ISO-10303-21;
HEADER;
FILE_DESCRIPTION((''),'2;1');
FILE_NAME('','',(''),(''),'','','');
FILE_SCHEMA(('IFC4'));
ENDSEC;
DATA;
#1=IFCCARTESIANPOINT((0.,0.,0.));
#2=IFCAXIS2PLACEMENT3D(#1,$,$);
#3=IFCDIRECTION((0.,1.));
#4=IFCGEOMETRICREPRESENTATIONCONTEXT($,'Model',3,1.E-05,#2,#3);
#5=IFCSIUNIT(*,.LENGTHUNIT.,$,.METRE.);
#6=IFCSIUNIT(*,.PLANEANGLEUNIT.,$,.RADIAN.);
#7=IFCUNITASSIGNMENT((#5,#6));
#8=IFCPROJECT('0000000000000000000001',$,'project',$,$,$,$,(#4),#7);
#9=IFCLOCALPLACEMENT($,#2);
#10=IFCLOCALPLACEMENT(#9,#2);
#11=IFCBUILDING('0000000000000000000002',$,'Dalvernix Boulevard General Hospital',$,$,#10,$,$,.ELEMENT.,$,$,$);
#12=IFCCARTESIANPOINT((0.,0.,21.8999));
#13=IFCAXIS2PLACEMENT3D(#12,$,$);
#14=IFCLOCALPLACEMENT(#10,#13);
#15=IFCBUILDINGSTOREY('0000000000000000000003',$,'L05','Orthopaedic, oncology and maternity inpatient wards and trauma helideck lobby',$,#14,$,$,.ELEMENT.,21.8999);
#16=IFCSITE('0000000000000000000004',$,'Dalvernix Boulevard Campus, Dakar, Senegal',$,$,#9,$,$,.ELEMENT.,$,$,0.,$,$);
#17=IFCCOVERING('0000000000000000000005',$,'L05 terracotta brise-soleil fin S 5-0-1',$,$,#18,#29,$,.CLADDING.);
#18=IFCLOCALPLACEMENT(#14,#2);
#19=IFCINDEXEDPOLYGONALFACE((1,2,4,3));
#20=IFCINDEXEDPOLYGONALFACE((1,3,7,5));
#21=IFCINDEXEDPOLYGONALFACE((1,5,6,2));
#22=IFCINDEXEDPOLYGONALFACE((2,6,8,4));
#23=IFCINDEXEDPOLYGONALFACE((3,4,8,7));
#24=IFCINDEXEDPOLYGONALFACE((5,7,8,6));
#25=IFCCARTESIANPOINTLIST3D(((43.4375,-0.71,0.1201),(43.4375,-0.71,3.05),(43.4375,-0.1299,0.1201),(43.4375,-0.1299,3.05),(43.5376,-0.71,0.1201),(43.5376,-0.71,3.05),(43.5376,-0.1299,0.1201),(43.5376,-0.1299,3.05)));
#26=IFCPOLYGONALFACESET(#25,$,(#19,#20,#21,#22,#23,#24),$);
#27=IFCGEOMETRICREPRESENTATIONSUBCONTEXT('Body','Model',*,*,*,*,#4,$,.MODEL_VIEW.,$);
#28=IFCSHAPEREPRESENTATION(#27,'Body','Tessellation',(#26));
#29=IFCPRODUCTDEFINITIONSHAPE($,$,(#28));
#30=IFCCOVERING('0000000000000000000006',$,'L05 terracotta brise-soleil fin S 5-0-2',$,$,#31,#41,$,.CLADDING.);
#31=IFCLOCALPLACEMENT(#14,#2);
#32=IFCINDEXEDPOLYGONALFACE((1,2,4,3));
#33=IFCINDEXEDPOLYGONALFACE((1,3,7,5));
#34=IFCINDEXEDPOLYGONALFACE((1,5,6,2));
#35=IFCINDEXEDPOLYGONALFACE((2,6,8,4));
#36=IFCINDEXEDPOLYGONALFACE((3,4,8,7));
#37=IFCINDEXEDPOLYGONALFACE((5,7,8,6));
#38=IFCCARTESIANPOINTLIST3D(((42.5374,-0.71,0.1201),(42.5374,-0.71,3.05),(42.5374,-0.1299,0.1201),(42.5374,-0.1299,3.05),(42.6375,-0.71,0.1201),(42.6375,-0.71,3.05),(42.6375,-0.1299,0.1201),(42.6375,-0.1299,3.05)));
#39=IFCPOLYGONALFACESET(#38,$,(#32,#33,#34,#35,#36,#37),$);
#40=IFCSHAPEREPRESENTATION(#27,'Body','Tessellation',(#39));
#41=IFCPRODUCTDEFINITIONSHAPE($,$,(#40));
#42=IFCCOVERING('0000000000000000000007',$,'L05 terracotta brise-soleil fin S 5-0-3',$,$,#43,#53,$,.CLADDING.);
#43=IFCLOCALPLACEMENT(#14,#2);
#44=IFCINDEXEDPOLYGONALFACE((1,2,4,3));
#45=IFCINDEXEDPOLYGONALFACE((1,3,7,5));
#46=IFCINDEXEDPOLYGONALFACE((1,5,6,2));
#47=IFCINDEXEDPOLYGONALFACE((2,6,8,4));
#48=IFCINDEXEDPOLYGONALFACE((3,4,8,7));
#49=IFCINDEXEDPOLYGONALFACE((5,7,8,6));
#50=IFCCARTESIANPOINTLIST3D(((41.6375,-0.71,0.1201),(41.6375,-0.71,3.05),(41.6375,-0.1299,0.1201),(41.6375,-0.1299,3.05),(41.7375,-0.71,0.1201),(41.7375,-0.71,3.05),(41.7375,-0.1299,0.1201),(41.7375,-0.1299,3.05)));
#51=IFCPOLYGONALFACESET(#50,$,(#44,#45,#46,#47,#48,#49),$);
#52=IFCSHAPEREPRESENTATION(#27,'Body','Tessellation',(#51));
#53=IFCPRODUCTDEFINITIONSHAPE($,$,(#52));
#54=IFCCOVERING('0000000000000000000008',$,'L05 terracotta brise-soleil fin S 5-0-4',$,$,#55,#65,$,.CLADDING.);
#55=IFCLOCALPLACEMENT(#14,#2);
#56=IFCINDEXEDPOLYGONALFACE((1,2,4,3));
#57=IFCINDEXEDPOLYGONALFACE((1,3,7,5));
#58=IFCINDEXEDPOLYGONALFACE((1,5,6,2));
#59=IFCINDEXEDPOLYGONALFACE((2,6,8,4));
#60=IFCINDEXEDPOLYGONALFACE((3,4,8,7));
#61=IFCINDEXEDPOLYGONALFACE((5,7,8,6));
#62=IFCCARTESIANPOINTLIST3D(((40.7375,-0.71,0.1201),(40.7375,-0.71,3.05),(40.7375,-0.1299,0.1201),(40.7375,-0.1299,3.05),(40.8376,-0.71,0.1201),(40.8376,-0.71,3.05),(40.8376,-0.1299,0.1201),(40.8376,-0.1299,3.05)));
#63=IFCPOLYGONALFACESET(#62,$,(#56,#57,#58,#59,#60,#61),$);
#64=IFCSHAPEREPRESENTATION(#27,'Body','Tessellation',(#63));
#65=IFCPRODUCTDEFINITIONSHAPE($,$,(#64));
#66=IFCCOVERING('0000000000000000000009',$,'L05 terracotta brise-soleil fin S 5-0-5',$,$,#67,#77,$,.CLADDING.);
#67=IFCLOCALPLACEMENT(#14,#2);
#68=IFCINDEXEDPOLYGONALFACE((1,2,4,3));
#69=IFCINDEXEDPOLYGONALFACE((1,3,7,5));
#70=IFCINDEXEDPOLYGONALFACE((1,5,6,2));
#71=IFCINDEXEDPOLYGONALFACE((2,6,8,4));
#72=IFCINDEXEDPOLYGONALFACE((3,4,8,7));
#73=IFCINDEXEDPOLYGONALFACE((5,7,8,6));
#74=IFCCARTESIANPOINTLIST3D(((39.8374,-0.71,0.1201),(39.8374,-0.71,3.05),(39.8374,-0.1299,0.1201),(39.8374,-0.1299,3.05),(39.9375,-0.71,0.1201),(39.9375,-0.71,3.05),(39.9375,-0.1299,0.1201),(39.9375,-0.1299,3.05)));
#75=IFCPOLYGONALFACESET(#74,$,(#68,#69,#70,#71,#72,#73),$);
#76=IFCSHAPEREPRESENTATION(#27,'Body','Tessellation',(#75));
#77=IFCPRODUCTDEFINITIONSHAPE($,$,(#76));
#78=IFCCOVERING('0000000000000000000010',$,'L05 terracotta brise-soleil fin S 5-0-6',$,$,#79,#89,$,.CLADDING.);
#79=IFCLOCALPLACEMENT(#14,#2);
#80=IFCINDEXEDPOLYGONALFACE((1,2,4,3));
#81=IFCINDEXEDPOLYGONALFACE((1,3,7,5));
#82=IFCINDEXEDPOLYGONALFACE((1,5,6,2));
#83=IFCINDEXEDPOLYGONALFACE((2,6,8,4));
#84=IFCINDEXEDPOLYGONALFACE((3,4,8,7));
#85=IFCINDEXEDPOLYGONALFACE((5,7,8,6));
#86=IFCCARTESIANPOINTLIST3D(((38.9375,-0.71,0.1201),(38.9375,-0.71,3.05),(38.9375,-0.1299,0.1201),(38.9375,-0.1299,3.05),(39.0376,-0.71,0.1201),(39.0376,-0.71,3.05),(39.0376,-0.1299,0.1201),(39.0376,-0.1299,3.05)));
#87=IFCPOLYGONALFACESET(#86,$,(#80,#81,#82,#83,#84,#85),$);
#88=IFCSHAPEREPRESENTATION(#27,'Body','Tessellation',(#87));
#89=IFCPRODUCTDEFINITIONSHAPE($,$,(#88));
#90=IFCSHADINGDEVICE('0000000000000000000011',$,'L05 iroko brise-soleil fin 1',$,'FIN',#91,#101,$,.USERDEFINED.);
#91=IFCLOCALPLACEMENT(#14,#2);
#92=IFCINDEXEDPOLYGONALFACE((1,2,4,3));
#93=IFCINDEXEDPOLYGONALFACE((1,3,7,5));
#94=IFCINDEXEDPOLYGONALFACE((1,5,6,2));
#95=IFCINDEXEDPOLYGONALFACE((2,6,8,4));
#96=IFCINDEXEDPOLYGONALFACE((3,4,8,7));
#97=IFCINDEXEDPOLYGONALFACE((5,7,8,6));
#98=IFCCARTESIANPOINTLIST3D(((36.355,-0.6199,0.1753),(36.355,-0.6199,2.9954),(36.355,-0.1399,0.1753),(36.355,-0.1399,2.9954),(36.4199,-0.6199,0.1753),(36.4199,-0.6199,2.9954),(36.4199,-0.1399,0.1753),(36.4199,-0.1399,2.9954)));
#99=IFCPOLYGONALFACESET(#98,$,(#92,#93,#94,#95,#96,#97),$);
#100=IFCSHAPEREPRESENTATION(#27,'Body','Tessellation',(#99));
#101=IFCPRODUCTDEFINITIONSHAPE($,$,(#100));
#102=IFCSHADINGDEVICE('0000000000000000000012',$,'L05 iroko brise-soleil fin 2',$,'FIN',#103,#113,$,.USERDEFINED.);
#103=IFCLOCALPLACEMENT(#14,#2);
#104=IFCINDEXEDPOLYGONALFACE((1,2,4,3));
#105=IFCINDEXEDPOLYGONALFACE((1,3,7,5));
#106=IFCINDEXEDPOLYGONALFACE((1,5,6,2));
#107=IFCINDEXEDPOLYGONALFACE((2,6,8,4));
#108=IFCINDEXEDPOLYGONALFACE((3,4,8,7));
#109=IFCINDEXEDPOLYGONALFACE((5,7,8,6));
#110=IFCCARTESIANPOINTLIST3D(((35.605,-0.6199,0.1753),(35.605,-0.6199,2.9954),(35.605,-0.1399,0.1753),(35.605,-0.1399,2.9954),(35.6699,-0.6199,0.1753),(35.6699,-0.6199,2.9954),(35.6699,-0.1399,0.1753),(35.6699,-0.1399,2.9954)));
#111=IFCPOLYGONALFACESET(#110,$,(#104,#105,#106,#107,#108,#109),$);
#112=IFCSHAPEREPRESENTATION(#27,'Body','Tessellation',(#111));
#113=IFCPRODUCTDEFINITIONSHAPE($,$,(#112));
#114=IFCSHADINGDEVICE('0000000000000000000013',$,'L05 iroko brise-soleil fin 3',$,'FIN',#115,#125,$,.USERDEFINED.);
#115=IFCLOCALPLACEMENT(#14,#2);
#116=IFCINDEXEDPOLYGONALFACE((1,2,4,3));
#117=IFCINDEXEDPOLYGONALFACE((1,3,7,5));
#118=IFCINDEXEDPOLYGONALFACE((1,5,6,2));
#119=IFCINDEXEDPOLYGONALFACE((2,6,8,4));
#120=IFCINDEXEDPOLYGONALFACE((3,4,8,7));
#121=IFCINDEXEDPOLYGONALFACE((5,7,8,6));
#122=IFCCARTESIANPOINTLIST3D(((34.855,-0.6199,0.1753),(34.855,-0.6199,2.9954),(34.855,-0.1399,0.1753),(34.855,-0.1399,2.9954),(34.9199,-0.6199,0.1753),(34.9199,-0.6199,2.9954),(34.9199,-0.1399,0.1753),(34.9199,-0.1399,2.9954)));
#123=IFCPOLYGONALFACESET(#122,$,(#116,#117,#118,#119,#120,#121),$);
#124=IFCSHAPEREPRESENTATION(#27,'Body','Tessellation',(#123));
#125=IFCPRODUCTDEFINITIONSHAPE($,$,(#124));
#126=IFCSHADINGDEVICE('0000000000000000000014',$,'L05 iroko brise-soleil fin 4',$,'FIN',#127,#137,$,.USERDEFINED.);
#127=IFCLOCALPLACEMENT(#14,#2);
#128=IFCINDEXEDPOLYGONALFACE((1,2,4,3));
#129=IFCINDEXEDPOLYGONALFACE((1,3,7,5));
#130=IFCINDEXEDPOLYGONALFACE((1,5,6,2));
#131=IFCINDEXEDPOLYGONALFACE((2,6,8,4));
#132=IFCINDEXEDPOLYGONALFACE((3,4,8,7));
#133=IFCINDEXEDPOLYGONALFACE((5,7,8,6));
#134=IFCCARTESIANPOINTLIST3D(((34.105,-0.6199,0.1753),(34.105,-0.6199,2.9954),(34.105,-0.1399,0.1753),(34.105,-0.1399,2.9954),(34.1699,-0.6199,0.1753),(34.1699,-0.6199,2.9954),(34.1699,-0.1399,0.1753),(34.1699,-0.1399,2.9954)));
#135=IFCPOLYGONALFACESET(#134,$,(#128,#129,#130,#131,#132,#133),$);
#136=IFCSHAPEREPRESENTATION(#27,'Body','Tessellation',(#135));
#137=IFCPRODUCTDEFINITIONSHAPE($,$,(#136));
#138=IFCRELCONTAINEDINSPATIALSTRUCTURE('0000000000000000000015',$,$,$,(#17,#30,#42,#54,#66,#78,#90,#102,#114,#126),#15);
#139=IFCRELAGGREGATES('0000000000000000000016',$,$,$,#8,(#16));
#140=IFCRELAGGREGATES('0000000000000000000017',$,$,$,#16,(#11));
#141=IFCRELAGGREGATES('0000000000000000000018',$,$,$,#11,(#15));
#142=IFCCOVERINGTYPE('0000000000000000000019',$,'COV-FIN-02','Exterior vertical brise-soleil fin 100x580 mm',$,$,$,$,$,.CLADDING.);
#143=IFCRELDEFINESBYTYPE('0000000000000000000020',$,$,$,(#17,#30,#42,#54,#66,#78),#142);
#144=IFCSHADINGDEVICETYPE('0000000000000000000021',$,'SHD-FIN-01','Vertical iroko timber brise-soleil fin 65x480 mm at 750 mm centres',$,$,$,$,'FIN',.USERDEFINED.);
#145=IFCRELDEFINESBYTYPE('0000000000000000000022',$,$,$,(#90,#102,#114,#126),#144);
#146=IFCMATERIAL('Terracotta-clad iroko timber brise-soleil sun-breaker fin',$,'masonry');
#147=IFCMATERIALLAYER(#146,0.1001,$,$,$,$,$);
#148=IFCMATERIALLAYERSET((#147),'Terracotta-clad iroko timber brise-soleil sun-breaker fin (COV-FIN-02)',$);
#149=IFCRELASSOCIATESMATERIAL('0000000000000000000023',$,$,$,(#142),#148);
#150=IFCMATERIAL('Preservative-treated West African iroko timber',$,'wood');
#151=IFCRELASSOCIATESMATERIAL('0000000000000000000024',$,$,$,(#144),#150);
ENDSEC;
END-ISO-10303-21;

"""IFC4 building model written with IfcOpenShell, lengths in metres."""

from ifc_helpers import new_model, si_unit, direction, frame, origin, origin_2d, place, context, subcontext, project, spatial, rectangle, extrude, material, layer, layer_set, type_object, element, save


model = new_model("IFC4")

# Units and contexts
model_context = context("Model", 3, precision=1e-05, world=origin(), true_north=direction((0.0, 1.0)))
body_context = subcontext(model_context, "Body", "Model", "MODEL_VIEW")
ifc_project = project(units=[si_unit("LENGTHUNIT", "METRE"), si_unit("PLANEANGLEUNIT", "RADIAN")], contexts=[model_context])

# Site, building, storey
site_placement = place(None, origin())
site = spatial("IfcSite", under=ifc_project, at=site_placement, Name="Dalvernix Boulevard Campus, Dakar, Senegal", CompositionType="ELEMENT", RefElevation=0.0)
building_placement = place(site_placement, origin())
building = spatial("IfcBuilding", under=site, at=building_placement, Name="Dalvernix Boulevard General Hospital", CompositionType="ELEMENT")
storey_placement = place(building_placement, frame((0.0, 0.0, 21.8999)))
storey = spatial("IfcBuildingStorey", under=building, at=storey_placement, Name="L05", Description="Orthopaedic, oncology and maternity inpatient wards and trauma helideck lobby", CompositionType="ELEMENT", Elevation=21.8999)

# Coverings
ifc_material_1 = material(Name="Terracotta-clad iroko timber brise-soleil sun-breaker fin", Category="masonry")
ifc_layer_1 = layer(ifc_material_1, 0.1001)
ifc_layer_set_1 = layer_set([ifc_layer_1], Name="Terracotta-clad iroko timber brise-soleil sun-breaker fin (COV-FIN-02)")
covering_type_1 = type_object("IfcCoveringType", Name="COV-FIN-02", Description="Exterior vertical brise-soleil fin 100x580 mm", PredefinedType="CLADDING", material=ifc_layer_set_1)
for number, where, z_axis, x_axis, name in (
    (1, (43.4875, -0.4199, 0.1201), (0.0, 0.0, 1.0), (-1.0, 0.0, 0.0), "L05 terracotta brise-soleil fin S 5-0-1"),
    (2, (42.5874, -0.4199, 0.1201), (0.0, 0.0, 1.0), (-1.0, 0.0, 0.0), "L05 terracotta brise-soleil fin S 5-0-2"),
    (3, (41.6875, -0.4199, 0.1201), (0.0, 0.0, 1.0), (-1.0, 0.0, 0.0), "L05 terracotta brise-soleil fin S 5-0-3"),
    (4, (40.7876, -0.4199, 0.1201), (0.0, 0.0, 1.0), (-1.0, 0.0, 0.0), "L05 terracotta brise-soleil fin S 5-0-4"),
    (5, (39.8875, -0.4199, 0.1201), (0.0, 0.0, 1.0), (-1.0, 0.0, 0.0), "L05 terracotta brise-soleil fin S 5-0-5"),
    (6, (38.9875, -0.4199, 0.1201), (0.0, 0.0, 1.0), (-1.0, 0.0, 0.0), "L05 terracotta brise-soleil fin S 5-0-6"),
):
    element("IfcCovering", number, at=place(storey_placement, frame(where, z_axis=z_axis, x_axis=x_axis)), inside=storey, type_object=covering_type_1, Name=name, PredefinedType="CLADDING", context=body_context, shape_type="SweptSolid", body=[
        extrude(rectangle(XDim=0.1001, YDim=0.5801, at=origin_2d()), origin(), (0.0, 0.0, 1.0), 2.9299),
    ])

# Shading devices
ifc_material_2 = material(Name="Preservative-treated West African iroko timber", Category="wood")
shading_device_type = type_object("IfcShadingDeviceType", Name="SHD-FIN-01", Description="Vertical iroko timber brise-soleil fin 65x480 mm at 750 mm centres", ElementType="FIN", PredefinedType="USERDEFINED", material=ifc_material_2)
for number, where, z_axis, x_axis, name in (
    (7, (36.3875, -0.3799, 0.1753), (0.0, 0.0, 1.0), (-1.0, 0.0, 0.0), "L05 iroko brise-soleil fin 1"),
    (8, (35.6375, -0.3799, 0.1753), (0.0, 0.0, 1.0), (-1.0, 0.0, 0.0), "L05 iroko brise-soleil fin 2"),
    (9, (34.8875, -0.3799, 0.1753), (0.0, 0.0, 1.0), (-1.0, 0.0, 0.0), "L05 iroko brise-soleil fin 3"),
    (10, (34.1375, -0.3799, 0.1753), (0.0, 0.0, 1.0), (-1.0, 0.0, 0.0), "L05 iroko brise-soleil fin 4"),
):
    element("IfcShadingDevice", number, at=place(storey_placement, frame(where, z_axis=z_axis, x_axis=x_axis)), inside=storey, type_object=shading_device_type, Name=name, ObjectType="FIN", PredefinedType="USERDEFINED", context=body_context, shape_type="SweptSolid", body=[
        extrude(rectangle(XDim=0.0649, YDim=0.48, at=origin_2d()), origin(), (0.0, 0.0, 1.0), 2.8201),
    ])

save(model, "model.ifc")
